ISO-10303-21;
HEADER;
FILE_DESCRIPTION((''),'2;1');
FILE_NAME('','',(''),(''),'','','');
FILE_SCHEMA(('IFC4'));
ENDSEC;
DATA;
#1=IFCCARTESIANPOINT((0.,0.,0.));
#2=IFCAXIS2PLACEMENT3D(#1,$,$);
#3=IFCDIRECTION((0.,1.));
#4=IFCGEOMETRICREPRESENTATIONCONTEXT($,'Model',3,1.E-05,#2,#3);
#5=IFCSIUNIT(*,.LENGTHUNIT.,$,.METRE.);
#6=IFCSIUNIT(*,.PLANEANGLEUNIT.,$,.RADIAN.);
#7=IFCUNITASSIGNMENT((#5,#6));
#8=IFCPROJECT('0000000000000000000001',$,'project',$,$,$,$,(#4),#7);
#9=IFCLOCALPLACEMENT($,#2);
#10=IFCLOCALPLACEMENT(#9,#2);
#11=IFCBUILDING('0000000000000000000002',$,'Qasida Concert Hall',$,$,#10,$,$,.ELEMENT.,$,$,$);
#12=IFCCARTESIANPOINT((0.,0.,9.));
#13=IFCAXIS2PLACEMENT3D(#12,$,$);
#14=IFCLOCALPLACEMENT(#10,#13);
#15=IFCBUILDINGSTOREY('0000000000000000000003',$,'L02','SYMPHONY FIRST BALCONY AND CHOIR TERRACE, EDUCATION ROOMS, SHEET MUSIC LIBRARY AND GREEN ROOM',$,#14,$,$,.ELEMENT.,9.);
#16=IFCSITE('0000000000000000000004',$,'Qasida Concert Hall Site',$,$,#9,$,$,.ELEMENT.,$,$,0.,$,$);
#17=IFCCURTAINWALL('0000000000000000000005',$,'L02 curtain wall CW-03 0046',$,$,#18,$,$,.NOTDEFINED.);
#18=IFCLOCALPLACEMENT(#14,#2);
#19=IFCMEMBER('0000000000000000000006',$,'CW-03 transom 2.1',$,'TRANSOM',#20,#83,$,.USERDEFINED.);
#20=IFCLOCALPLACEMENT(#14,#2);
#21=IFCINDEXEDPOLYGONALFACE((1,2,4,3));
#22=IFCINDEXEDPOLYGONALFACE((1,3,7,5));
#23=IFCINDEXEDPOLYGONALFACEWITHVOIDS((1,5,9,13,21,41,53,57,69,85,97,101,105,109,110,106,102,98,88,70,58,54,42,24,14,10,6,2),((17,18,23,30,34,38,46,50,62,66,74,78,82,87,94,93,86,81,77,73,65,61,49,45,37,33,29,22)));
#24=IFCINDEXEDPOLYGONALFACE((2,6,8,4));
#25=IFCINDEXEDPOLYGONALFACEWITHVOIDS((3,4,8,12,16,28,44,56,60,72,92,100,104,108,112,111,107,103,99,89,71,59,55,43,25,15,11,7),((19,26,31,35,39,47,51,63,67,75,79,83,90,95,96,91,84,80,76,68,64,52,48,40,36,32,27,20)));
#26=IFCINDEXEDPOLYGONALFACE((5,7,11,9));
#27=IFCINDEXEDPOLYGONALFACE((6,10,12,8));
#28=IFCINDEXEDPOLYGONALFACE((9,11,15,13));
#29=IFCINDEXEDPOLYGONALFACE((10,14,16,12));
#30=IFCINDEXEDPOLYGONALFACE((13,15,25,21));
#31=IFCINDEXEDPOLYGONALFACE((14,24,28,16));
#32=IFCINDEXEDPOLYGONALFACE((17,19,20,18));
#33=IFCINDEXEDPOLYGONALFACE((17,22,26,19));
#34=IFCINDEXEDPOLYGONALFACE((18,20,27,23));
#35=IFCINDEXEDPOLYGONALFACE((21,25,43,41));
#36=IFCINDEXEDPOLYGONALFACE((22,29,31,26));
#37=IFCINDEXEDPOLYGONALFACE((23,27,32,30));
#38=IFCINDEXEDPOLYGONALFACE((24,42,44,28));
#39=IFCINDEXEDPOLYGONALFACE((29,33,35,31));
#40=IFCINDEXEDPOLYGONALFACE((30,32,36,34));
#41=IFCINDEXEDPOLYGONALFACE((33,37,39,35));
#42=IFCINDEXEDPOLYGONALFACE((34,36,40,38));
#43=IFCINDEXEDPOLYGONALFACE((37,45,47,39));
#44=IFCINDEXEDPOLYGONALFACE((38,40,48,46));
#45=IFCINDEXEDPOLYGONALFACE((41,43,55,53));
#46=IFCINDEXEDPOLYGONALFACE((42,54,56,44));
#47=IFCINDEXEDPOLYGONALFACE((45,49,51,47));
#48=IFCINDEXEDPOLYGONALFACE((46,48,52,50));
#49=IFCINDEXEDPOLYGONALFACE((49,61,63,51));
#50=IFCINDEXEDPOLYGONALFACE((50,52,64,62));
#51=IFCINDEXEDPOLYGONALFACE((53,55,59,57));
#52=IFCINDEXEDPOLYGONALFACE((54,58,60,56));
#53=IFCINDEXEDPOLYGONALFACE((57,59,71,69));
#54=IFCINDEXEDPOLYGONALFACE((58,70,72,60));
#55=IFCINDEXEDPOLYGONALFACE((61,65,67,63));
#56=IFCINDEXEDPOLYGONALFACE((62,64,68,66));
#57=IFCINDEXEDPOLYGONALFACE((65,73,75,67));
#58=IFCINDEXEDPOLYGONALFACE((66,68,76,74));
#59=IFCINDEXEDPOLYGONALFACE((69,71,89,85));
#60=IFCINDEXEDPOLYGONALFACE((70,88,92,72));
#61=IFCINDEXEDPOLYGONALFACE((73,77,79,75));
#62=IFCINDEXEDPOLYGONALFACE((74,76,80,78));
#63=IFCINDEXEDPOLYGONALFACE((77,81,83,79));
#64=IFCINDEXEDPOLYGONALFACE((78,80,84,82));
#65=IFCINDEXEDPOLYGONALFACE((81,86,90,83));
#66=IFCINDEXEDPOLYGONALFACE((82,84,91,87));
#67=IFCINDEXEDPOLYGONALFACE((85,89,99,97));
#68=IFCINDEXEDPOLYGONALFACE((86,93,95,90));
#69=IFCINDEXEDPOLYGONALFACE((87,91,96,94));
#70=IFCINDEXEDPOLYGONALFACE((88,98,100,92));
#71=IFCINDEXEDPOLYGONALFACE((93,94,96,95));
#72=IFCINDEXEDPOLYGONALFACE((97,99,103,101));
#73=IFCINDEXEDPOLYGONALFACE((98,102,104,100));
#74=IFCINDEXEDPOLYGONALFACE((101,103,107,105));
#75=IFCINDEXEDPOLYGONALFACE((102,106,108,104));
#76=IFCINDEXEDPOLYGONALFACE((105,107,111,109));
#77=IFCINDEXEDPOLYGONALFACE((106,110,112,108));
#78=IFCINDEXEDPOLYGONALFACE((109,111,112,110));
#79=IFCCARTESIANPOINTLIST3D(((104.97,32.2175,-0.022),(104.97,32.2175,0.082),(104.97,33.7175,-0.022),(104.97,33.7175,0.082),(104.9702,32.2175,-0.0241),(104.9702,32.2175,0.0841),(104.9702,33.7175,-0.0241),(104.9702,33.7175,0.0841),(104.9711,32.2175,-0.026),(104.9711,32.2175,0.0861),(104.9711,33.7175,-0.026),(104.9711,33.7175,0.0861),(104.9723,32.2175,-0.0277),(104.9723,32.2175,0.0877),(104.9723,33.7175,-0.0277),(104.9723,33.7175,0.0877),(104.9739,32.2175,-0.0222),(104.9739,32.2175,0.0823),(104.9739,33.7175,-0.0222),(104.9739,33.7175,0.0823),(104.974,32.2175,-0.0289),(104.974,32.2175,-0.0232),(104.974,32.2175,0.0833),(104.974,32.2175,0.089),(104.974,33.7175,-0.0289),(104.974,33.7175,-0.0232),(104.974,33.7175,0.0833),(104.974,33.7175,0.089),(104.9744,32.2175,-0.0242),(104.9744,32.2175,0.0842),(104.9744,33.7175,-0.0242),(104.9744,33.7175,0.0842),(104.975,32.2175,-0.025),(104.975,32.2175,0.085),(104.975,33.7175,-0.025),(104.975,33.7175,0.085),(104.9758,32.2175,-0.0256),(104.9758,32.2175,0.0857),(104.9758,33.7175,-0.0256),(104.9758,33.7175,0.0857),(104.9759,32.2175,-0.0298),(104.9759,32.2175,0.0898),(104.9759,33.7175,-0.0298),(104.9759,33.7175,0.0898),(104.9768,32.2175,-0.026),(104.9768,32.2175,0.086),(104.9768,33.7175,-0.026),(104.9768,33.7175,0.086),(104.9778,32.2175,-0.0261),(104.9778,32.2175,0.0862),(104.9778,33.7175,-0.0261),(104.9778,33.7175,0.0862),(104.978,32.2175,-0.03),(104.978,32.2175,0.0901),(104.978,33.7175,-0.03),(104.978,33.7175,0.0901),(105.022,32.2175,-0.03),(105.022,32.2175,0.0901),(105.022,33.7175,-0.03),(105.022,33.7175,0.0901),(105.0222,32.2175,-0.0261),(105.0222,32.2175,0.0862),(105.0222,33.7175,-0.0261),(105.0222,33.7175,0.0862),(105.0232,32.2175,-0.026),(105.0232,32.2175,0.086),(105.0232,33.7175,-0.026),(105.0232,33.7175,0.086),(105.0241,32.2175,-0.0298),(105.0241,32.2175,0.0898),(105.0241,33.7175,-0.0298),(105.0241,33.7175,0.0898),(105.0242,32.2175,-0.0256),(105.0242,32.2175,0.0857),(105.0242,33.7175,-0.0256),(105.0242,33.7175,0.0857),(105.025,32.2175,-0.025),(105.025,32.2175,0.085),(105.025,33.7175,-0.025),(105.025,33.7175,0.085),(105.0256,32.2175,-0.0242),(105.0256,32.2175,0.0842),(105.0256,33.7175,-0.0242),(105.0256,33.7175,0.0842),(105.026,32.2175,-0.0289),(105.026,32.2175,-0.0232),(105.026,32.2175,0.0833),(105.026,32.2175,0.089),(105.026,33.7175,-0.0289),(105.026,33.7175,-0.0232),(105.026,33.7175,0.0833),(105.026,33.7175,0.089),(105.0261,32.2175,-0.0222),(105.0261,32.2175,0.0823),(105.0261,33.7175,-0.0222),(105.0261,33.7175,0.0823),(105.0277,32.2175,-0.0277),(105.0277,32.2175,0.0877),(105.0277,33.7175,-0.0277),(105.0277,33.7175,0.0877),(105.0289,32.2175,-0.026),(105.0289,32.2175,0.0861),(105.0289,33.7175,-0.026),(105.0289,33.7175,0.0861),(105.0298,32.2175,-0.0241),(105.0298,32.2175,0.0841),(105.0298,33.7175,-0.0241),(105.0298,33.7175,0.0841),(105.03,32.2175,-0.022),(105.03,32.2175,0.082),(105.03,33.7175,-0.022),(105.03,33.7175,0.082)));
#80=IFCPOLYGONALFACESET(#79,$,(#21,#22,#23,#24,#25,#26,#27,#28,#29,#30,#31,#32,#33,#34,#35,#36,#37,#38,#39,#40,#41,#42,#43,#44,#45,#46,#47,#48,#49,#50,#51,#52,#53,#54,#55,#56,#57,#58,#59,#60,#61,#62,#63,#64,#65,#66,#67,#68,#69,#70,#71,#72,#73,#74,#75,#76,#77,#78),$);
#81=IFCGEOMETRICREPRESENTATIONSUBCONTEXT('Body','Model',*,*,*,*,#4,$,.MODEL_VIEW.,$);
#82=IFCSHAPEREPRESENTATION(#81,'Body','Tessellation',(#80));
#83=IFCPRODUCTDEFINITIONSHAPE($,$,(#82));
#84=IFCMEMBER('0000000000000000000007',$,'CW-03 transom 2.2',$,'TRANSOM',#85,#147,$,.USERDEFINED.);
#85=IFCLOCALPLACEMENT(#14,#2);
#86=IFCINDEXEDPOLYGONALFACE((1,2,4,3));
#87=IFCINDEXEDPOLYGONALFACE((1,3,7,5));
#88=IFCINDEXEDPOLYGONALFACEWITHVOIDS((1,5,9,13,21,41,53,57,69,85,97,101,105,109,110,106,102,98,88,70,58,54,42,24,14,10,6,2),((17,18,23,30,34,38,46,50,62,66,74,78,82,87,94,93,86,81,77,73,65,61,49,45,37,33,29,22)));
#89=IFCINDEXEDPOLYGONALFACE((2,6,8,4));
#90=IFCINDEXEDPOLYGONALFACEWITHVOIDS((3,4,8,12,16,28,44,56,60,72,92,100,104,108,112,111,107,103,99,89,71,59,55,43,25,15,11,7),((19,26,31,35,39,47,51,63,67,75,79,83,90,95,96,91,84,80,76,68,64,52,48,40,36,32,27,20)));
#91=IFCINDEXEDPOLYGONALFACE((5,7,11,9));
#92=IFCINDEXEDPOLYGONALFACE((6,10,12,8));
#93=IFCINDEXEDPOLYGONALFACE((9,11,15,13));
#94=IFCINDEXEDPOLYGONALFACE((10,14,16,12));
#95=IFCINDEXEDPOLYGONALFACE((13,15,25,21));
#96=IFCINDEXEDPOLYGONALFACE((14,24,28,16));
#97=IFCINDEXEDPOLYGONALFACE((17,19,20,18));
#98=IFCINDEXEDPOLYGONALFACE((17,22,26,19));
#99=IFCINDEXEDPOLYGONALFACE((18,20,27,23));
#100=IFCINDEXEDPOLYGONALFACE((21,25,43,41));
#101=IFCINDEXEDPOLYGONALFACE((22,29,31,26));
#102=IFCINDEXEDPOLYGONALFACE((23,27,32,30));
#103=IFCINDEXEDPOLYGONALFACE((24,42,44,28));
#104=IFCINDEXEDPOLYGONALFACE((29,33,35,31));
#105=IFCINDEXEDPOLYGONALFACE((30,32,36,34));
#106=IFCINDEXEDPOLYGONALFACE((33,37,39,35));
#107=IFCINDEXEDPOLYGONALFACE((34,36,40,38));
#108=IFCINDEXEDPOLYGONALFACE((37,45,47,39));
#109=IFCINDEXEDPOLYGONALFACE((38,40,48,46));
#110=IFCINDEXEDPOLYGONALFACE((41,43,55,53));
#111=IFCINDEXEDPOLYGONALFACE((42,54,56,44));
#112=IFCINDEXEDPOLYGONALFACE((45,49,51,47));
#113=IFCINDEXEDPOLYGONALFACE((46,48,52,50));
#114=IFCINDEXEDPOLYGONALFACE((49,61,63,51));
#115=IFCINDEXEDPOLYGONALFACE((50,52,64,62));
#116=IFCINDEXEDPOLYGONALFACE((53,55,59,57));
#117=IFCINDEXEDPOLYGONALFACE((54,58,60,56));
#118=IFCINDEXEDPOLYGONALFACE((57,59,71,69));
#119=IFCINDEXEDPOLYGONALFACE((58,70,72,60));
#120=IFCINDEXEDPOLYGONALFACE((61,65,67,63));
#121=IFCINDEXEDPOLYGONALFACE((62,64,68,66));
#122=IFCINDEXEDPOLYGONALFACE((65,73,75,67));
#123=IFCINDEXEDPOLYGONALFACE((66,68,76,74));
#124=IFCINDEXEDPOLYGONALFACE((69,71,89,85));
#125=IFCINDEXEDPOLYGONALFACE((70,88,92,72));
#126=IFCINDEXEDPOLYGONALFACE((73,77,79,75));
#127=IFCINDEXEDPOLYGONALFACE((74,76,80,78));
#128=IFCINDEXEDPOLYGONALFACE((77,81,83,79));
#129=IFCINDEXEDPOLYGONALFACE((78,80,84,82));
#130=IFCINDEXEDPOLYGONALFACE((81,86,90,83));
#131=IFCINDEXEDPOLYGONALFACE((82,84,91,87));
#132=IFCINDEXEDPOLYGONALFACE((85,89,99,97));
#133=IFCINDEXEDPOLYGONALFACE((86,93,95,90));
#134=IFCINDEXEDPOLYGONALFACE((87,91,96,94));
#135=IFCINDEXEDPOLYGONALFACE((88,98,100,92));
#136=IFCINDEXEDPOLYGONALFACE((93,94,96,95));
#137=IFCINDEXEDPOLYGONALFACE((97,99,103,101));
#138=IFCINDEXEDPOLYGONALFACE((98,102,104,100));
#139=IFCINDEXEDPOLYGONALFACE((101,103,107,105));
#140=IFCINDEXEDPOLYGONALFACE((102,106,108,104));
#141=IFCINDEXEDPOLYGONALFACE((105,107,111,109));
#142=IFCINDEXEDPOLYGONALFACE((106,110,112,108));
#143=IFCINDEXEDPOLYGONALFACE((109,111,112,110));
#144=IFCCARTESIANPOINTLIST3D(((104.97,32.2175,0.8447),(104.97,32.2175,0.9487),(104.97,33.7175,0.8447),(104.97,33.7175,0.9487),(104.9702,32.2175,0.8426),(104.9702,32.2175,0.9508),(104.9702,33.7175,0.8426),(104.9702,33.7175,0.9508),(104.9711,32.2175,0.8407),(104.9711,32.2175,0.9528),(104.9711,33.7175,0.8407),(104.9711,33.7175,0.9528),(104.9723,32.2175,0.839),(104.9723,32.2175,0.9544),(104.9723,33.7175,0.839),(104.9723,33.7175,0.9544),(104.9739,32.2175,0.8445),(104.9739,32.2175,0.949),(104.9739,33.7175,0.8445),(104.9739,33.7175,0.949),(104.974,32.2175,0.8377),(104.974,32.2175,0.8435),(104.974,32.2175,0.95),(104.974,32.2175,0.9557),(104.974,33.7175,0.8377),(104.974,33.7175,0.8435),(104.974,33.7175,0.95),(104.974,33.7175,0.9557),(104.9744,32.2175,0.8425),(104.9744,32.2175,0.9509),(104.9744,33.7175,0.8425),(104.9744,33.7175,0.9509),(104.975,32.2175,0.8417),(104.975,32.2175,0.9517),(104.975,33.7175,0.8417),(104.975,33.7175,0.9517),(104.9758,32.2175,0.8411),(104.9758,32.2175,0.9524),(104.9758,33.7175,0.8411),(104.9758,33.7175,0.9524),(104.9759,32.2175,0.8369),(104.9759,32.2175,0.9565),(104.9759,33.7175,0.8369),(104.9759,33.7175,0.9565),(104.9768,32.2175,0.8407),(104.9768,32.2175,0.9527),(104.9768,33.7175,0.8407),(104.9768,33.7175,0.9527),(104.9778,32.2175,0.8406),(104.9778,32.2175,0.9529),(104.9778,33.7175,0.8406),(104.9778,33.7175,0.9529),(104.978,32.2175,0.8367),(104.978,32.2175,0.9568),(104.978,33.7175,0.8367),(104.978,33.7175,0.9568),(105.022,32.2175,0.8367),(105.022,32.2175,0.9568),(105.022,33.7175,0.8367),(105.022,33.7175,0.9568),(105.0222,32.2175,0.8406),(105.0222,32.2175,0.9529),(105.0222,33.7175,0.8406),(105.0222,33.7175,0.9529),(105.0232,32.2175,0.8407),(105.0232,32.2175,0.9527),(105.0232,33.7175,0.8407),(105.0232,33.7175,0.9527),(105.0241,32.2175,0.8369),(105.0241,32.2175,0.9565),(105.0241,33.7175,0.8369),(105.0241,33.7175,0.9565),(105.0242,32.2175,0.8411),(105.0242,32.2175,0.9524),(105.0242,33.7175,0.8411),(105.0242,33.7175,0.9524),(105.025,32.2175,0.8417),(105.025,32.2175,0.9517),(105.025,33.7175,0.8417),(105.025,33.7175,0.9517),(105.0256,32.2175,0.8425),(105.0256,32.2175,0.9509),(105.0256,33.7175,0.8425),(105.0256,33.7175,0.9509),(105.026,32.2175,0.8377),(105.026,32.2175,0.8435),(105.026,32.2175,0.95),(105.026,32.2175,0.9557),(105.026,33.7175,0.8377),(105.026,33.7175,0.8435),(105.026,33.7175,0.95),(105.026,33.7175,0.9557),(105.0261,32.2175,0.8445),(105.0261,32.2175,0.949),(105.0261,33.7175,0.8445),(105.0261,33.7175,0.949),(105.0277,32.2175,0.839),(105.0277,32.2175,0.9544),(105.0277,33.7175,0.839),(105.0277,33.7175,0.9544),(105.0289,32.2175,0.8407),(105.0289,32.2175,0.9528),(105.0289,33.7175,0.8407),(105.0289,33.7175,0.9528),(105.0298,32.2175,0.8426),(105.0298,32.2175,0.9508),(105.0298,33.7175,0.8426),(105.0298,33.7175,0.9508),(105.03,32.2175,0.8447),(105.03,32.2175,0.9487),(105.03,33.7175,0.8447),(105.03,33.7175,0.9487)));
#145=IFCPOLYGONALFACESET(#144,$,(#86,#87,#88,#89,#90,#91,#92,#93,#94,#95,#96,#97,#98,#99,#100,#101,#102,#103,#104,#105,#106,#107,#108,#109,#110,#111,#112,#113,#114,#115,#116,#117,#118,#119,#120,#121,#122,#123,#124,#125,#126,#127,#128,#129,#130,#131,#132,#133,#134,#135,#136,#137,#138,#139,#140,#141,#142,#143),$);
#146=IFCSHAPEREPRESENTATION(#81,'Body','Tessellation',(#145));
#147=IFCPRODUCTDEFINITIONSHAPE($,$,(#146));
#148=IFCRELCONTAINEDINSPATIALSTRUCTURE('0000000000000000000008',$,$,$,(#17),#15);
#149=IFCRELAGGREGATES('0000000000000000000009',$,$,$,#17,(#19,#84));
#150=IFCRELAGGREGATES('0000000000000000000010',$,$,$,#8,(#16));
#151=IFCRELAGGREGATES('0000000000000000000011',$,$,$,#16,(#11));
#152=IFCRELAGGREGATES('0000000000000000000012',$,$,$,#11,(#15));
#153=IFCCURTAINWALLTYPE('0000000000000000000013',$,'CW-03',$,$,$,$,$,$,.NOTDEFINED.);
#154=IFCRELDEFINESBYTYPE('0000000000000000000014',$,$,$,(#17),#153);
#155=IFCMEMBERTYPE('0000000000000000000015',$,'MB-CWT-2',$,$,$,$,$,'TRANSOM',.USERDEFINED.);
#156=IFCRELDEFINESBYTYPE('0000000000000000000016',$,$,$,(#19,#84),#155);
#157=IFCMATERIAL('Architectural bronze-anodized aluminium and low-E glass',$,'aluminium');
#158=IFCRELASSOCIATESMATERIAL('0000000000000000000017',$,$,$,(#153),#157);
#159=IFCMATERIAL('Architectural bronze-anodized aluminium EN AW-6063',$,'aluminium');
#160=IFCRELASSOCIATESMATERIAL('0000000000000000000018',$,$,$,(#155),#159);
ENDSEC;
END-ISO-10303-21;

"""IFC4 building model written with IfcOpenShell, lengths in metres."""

from ifc_helpers import new_model, si_unit, direction, frame, origin, origin_2d, place, context, subcontext, project, spatial, hollow_rectangle, extrude, material, material_profile, profile_set, type_object, element, aggregate, save


model = new_model("IFC4")

# Units and contexts
model_context = context("Model", 3, precision=1e-05, world=origin(), true_north=direction((0.0, 1.0)))
body_context = subcontext(model_context, "Body", "Model", "MODEL_VIEW")
ifc_project = project(units=[si_unit("LENGTHUNIT", "METRE"), si_unit("PLANEANGLEUNIT", "RADIAN")], contexts=[model_context])

# Site, building, storey
site_placement = place(None, origin())
site = spatial("IfcSite", under=ifc_project, at=site_placement, Name="Qasida Concert Hall Site", CompositionType="ELEMENT", RefElevation=0.0)
building_placement = place(site_placement, origin())
building = spatial("IfcBuilding", under=site, at=building_placement, Name="Qasida Concert Hall", CompositionType="ELEMENT")
storey_placement = place(building_placement, frame((0.0, 0.0, 9.0)))
storey = spatial("IfcBuildingStorey", under=building, at=storey_placement, Name="L02", Description="SYMPHONY FIRST BALCONY AND CHOIR TERRACE, EDUCATION ROOMS, SHEET MUSIC LIBRARY AND GREEN ROOM", CompositionType="ELEMENT", Elevation=9.0)

# Curtain wall, members
ifc_material_1 = material(Name="Architectural bronze-anodized aluminium and low-E glass", Category="aluminium")
curtain_wall_type = type_object("IfcCurtainWallType", Name="CW-03", PredefinedType="NOTDEFINED", material=ifc_material_1)
curtain_wall_placement = place(storey_placement, origin())
curtain_wall = element("IfcCurtainWall", 1, at=curtain_wall_placement, inside=storey, type_object=curtain_wall_type, Name="L02 curtain wall CW-03 0046", PredefinedType="NOTDEFINED")
ifc_material_2 = material(Name="Architectural bronze-anodized aluminium EN AW-6063", Category="aluminium")
ifc_material_profile_1 = material_profile(ifc_material_2, hollow_rectangle(XDim=0.0601, YDim=0.1201, WallThickness=0.0039, InnerFilletRadius=0.0039, OuterFilletRadius=0.0081, at=origin_2d()), Name="CWT 120x60x4")
ifc_profile_set_1 = profile_set([ifc_material_profile_1], Name="Architectural bronze-anodized aluminium EN AW-6063")
member_type_1 = type_object("IfcMemberType", Name="MB-CWT-2", ElementType="TRANSOM", PredefinedType="USERDEFINED", material=ifc_profile_set_1)
member_1_placement = place(storey_placement, frame((105.0, 32.2175, 0.03), z_axis=(0.0, 1.0, 0.0), x_axis=(-1.0, 0.0, 0.0)))
member_1 = element("IfcMember", 2, at=member_1_placement, type_object=member_type_1, Name="CW-03 transom 2.1", ObjectType="TRANSOM", PredefinedType="USERDEFINED", context=body_context, shape_type="SweptSolid", body=[
    extrude(hollow_rectangle(XDim=0.0601, YDim=0.1201, WallThickness=0.0039, InnerFilletRadius=0.0039, OuterFilletRadius=0.0081, at=origin_2d()), origin(), (0.0, 0.0, 1.0), 1.5),
])
member_2_placement = place(storey_placement, frame((105.0, 32.2175, 0.8967), z_axis=(0.0, 1.0, 0.0), x_axis=(-1.0, 0.0, 0.0)))
member_2 = element("IfcMember", 3, at=member_2_placement, type_object=member_type_1, Name="CW-03 transom 2.2", ObjectType="TRANSOM", PredefinedType="USERDEFINED", context=body_context, shape_type="SweptSolid", body=[
    extrude(hollow_rectangle(XDim=0.0601, YDim=0.1201, WallThickness=0.0039, InnerFilletRadius=0.0039, OuterFilletRadius=0.0081, at=origin_2d()), origin(), (0.0, 0.0, 1.0), 1.5),
])
aggregate(curtain_wall, [member_1, member_2])

save(model, "model.ifc")
